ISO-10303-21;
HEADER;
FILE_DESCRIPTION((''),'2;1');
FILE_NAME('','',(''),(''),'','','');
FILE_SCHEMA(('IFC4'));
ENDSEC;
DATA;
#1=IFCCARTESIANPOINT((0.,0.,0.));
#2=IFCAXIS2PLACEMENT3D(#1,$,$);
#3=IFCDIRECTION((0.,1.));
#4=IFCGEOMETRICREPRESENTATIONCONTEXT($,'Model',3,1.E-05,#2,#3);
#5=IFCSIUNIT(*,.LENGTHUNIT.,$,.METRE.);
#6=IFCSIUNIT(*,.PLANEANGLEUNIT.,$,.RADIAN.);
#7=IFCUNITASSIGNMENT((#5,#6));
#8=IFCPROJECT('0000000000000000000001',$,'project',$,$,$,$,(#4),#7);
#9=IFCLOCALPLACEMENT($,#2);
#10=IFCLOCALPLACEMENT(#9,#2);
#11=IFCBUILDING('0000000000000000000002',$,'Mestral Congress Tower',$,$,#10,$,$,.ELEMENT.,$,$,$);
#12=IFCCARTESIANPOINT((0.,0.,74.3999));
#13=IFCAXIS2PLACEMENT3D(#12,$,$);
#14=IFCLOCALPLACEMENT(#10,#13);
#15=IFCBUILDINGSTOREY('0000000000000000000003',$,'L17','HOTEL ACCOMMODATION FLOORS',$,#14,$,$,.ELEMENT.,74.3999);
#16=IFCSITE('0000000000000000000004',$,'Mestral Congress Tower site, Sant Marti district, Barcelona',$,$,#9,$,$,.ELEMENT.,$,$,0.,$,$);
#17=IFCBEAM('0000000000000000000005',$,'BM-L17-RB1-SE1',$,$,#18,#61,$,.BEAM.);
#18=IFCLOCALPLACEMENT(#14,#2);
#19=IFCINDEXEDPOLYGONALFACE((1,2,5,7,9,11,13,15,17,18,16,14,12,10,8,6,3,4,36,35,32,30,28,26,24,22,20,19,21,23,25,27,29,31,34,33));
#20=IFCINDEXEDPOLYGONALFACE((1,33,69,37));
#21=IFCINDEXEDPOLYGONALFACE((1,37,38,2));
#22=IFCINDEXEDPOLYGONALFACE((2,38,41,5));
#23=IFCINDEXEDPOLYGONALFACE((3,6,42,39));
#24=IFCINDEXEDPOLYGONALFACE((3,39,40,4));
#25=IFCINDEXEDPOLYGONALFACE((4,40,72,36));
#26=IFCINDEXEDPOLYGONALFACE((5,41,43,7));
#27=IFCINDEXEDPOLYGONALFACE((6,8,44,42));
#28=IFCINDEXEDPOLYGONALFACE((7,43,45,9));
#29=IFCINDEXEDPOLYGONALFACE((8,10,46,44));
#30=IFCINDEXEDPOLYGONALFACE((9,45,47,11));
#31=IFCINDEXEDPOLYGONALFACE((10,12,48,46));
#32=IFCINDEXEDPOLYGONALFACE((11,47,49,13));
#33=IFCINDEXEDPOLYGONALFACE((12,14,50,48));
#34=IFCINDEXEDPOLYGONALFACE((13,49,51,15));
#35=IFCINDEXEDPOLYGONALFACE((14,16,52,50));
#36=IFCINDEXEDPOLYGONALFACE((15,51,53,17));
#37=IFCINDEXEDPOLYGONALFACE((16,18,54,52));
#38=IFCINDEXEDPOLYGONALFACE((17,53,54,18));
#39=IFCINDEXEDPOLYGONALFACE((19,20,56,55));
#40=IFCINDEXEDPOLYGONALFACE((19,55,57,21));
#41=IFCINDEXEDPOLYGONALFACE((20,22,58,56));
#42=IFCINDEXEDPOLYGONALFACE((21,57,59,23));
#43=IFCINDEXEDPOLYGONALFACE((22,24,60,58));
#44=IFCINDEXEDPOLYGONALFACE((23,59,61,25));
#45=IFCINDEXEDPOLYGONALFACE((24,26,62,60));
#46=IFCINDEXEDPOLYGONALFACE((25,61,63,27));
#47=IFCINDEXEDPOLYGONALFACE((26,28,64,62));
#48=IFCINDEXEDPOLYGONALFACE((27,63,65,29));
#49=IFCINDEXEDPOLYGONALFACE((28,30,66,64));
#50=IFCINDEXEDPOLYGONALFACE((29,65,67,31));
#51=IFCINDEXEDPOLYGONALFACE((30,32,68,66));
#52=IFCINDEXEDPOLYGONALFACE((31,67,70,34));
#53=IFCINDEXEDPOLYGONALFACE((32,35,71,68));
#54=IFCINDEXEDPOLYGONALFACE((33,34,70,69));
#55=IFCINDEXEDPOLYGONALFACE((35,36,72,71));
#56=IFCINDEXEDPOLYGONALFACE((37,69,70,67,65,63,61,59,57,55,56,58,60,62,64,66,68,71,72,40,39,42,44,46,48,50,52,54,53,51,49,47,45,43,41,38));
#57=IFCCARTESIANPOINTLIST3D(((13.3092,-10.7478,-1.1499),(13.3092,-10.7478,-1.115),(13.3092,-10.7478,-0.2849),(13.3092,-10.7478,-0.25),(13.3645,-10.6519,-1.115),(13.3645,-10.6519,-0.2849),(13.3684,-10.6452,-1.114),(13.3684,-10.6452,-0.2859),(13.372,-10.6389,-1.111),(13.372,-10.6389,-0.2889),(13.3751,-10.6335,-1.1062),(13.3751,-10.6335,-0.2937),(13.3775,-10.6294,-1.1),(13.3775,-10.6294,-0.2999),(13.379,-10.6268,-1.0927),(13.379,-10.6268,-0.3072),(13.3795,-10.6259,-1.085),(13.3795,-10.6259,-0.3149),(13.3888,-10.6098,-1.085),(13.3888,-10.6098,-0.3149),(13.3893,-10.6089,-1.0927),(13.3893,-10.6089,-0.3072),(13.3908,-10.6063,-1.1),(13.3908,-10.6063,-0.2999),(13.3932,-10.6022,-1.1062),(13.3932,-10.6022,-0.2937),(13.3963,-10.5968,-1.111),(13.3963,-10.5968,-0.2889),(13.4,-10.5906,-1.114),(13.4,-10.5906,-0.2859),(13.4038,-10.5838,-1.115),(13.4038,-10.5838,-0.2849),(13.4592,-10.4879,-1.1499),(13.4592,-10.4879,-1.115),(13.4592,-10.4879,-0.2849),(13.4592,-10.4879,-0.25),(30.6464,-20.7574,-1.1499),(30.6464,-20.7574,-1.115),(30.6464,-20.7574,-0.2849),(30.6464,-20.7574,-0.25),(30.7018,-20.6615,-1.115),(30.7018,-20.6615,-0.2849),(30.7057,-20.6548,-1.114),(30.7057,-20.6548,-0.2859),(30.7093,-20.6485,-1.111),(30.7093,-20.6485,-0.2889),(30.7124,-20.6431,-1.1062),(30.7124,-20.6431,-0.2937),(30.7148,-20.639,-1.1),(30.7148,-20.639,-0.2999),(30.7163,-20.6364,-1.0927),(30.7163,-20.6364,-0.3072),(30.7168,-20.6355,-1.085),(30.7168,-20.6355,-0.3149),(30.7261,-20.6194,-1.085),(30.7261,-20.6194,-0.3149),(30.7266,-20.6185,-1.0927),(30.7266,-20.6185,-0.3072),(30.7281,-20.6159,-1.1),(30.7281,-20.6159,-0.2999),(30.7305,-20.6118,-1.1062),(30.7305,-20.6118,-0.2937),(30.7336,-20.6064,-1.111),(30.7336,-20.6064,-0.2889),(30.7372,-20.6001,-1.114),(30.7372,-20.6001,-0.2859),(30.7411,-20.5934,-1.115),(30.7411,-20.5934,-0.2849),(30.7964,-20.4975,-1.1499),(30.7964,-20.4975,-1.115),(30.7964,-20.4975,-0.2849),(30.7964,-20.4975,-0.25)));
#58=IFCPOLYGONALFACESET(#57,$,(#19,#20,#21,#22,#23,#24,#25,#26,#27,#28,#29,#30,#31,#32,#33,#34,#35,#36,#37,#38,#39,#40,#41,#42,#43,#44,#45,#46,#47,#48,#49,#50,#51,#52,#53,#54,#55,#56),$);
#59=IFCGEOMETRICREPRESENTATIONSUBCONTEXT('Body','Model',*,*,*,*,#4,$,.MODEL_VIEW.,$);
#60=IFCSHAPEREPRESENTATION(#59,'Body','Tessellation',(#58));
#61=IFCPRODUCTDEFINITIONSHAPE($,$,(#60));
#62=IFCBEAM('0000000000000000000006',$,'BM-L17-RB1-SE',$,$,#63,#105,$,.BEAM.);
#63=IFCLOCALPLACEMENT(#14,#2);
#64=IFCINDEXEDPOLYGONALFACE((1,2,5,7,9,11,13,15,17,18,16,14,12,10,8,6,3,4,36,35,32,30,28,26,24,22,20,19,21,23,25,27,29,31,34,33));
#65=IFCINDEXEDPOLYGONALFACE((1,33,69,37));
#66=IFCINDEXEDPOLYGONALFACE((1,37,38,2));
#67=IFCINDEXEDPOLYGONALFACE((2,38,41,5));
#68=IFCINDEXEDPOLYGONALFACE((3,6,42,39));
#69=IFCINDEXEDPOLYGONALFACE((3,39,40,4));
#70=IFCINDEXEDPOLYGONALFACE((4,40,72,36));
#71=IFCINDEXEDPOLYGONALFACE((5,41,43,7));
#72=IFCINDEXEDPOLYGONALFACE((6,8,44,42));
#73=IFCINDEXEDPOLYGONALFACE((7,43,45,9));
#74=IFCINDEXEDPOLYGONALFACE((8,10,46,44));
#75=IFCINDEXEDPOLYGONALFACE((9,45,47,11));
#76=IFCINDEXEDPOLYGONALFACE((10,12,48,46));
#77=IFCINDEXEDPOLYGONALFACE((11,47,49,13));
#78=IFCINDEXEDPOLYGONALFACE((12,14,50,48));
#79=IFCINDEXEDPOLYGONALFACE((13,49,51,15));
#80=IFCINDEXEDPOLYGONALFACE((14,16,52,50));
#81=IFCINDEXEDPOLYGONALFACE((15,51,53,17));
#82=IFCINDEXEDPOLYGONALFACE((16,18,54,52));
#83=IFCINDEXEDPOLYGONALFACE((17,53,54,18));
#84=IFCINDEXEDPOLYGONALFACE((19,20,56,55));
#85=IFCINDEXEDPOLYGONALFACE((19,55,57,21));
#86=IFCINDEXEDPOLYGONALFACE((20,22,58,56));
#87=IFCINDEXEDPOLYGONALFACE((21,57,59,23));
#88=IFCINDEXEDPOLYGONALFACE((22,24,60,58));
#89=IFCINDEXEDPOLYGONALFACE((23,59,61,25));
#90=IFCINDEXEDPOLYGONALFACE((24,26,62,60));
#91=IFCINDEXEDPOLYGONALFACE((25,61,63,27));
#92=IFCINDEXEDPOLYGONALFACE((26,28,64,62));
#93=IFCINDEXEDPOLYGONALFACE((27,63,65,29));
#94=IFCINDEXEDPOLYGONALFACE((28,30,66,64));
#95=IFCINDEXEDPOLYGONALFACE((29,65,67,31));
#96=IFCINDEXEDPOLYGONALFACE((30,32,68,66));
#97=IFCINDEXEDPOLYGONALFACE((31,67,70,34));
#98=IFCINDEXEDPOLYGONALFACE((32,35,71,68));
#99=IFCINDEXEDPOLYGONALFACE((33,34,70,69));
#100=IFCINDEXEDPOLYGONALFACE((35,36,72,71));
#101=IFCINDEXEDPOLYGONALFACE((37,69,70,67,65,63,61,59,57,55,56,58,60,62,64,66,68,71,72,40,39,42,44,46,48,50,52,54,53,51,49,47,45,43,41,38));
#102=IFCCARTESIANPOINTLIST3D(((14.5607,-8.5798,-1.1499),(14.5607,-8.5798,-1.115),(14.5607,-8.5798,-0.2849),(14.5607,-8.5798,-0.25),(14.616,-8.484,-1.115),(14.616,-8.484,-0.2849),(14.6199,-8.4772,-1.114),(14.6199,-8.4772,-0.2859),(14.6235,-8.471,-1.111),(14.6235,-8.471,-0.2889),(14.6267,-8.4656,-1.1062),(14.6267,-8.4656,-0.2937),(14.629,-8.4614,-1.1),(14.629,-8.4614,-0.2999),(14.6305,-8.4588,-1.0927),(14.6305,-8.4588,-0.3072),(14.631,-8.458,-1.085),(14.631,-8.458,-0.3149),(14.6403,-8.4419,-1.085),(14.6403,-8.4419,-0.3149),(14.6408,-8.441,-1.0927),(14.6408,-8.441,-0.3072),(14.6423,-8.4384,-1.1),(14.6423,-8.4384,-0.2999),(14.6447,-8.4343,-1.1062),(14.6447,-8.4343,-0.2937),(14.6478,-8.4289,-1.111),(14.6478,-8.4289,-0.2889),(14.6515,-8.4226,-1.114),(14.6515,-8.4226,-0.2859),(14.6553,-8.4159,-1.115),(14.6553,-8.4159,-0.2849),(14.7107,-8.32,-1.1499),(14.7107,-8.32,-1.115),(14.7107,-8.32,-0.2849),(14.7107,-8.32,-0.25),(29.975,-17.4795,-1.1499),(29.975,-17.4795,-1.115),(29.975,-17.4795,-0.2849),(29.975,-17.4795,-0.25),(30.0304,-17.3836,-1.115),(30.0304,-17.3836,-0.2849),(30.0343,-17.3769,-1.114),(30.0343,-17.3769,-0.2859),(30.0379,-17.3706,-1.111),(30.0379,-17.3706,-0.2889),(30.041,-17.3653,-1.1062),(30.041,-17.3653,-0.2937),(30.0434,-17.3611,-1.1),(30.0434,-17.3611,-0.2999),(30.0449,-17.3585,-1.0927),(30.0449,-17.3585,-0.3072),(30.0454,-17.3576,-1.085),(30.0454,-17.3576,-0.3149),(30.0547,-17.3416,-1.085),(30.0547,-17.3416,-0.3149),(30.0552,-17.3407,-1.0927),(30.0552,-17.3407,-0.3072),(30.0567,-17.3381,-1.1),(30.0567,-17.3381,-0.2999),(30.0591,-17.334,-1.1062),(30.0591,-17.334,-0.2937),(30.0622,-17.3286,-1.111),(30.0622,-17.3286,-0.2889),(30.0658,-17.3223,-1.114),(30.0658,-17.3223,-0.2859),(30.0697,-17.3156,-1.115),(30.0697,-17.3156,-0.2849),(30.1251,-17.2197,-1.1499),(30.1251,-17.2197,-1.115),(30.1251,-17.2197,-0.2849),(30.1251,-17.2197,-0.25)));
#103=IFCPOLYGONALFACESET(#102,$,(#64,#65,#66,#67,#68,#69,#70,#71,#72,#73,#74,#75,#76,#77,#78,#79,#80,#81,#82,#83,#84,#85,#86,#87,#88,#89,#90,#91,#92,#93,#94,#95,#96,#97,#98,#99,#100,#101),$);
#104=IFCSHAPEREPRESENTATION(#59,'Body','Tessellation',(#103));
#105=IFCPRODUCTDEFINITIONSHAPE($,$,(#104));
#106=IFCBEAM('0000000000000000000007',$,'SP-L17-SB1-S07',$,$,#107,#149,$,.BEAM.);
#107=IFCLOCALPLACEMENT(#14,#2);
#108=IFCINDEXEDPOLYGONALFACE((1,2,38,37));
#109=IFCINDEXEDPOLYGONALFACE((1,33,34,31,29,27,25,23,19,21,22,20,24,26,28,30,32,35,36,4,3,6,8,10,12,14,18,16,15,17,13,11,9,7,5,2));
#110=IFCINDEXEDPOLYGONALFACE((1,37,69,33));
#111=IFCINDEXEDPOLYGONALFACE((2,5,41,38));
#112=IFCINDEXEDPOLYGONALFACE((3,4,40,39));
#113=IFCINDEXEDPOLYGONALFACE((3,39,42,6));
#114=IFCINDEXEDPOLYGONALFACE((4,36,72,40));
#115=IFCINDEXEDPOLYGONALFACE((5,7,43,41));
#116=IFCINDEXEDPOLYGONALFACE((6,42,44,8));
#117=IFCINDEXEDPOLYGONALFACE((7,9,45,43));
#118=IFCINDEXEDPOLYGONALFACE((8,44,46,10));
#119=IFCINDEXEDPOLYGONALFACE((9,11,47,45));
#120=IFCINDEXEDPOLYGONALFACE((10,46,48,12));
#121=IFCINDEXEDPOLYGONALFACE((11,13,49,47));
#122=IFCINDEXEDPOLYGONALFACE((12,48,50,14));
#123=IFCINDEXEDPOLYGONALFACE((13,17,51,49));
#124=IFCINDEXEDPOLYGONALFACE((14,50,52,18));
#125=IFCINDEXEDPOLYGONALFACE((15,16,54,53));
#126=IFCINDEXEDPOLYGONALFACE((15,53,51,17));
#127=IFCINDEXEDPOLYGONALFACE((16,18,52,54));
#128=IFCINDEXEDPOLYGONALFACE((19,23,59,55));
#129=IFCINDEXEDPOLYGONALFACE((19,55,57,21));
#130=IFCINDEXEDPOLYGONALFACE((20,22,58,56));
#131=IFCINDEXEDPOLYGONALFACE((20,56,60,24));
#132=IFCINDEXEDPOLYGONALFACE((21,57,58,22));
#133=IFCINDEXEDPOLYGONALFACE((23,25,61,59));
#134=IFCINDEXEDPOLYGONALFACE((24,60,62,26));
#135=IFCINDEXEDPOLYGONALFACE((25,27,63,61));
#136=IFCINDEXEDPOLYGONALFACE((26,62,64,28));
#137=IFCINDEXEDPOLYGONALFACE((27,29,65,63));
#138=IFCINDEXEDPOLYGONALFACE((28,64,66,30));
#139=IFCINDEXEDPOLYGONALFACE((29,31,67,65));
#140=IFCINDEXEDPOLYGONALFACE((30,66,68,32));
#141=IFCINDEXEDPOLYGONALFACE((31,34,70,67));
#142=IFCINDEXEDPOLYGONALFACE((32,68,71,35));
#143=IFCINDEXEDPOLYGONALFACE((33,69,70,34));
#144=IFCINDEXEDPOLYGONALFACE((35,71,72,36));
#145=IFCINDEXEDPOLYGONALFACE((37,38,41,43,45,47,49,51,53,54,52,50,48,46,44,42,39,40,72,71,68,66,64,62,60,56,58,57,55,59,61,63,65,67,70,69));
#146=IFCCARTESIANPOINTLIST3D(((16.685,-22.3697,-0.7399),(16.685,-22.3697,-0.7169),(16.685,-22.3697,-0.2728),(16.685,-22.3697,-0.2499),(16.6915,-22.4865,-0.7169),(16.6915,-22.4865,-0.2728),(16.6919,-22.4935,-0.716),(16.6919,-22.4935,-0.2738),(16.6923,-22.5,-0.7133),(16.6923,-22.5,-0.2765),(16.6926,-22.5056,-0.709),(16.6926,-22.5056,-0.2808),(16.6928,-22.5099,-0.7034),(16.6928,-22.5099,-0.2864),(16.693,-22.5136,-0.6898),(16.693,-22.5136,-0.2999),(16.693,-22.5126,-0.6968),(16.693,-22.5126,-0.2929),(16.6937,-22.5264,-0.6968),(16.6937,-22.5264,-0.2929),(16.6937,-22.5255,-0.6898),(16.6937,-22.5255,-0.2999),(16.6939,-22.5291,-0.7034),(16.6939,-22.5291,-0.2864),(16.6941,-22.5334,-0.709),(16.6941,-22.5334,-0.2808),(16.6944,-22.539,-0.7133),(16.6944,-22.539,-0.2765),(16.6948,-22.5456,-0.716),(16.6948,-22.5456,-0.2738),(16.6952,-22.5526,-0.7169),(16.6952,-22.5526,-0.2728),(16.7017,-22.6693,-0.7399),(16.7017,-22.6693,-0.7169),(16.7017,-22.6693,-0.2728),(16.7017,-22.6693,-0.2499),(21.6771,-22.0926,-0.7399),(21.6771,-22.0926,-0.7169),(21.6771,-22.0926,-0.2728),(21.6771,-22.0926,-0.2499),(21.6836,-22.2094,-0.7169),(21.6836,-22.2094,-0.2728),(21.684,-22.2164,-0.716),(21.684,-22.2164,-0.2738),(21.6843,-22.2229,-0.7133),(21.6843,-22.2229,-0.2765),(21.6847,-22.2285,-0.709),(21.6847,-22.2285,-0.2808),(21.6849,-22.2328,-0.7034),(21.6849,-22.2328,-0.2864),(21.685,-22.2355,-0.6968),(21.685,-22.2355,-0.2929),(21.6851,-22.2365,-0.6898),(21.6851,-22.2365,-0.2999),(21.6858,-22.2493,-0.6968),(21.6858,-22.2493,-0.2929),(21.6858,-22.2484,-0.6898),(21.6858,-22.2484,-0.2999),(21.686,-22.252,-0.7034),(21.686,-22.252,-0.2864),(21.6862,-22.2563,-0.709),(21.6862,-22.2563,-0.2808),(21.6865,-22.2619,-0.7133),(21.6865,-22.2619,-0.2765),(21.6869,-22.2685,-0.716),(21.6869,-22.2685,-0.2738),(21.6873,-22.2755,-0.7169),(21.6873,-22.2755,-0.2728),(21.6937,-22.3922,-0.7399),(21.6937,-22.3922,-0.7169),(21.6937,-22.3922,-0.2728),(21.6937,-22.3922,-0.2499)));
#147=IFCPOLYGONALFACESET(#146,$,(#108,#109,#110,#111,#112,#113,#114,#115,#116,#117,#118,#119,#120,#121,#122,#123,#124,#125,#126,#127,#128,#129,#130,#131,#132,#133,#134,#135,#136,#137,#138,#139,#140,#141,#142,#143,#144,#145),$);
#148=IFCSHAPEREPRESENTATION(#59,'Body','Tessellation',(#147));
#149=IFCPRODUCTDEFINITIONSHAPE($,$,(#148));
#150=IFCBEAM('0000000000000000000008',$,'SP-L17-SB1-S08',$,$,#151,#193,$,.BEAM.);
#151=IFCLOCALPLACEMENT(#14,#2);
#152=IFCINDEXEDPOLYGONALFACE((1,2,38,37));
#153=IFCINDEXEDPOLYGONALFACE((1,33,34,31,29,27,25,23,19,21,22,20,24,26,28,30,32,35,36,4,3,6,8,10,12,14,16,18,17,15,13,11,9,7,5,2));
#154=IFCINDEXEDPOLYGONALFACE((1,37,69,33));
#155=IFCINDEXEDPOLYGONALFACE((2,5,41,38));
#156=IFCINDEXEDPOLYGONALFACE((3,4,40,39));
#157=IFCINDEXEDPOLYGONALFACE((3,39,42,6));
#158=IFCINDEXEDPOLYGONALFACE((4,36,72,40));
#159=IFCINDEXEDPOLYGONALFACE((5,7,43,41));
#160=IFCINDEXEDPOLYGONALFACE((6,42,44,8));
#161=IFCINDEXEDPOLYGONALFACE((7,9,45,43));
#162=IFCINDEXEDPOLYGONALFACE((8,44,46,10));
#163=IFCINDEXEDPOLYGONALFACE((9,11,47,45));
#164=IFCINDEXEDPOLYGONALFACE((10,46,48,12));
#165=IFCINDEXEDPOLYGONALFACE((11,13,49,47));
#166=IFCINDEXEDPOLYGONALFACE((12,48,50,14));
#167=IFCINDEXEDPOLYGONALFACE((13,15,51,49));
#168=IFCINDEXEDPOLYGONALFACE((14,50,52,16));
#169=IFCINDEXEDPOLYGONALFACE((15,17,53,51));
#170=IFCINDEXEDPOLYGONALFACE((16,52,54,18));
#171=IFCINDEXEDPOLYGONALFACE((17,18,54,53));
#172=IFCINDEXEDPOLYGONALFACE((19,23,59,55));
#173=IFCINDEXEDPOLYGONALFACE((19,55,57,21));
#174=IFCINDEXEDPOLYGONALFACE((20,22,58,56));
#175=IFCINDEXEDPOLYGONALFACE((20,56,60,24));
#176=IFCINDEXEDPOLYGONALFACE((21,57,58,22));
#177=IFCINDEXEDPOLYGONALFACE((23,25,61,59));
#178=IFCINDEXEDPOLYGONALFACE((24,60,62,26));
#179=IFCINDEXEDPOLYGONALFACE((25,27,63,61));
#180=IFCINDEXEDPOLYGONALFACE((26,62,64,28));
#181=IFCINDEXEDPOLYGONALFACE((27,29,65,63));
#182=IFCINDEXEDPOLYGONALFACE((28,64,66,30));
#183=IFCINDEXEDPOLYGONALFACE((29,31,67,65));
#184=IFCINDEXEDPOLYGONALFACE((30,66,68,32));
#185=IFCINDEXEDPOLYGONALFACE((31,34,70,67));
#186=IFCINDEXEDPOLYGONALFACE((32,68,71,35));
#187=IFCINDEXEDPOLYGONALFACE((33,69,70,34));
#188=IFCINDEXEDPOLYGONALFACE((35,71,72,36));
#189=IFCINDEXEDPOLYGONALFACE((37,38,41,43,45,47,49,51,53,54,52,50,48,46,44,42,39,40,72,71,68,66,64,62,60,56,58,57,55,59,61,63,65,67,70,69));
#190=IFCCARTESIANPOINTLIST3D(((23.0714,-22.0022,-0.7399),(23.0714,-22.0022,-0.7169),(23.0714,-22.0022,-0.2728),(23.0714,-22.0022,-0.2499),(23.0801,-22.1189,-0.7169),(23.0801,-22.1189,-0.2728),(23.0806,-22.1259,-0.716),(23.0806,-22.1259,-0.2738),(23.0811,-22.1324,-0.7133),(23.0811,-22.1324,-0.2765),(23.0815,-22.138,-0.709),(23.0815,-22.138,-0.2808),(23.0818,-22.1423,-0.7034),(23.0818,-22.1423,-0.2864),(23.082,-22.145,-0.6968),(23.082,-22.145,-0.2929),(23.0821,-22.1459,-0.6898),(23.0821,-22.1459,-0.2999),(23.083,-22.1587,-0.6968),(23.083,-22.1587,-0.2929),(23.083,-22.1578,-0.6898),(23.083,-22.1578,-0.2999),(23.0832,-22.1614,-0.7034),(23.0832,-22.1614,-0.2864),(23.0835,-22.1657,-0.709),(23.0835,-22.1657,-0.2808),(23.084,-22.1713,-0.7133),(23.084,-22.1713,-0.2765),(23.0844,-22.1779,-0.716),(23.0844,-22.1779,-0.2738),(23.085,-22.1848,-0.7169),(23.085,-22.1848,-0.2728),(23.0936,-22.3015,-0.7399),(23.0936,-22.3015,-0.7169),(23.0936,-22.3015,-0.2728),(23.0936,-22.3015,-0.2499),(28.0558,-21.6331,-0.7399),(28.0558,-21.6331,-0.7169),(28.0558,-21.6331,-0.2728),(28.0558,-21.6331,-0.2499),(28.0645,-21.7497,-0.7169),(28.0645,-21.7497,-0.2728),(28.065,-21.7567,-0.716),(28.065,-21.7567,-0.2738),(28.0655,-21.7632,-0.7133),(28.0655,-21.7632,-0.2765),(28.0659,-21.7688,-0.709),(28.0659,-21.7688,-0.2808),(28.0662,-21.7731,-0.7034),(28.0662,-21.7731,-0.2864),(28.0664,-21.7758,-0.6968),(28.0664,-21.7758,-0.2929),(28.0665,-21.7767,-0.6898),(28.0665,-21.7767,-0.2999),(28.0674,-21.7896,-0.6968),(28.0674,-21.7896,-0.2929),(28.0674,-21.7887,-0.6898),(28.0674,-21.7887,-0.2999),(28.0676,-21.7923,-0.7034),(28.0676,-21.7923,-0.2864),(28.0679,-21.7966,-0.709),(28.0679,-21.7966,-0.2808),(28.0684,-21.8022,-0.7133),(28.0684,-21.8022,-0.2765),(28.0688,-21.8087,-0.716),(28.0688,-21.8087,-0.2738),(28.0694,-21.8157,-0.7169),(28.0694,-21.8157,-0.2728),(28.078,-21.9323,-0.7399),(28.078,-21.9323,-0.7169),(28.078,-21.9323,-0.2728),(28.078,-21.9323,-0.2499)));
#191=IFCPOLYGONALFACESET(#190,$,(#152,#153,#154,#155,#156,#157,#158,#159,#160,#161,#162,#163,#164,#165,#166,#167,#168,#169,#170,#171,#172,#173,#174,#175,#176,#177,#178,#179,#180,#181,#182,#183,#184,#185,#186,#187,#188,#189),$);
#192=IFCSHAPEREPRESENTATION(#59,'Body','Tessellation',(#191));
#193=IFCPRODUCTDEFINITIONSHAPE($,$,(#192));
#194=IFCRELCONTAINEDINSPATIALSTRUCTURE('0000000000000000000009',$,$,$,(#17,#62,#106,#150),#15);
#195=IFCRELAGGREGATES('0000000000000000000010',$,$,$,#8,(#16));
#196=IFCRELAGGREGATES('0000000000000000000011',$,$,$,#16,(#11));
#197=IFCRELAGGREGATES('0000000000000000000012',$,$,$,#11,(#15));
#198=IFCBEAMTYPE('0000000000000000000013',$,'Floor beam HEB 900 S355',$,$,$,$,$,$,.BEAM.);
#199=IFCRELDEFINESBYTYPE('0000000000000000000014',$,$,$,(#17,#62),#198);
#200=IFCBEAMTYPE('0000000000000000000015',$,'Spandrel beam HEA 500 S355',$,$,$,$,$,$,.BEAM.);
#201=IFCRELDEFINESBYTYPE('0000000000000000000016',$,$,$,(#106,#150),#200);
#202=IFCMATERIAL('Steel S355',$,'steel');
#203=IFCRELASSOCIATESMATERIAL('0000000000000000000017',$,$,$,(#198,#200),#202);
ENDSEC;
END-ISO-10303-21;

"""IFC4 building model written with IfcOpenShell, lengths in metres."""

from ifc_helpers import new_model, si_unit, direction, frame, origin, origin_2d, place, context, subcontext, project, spatial, i_section, extrude, material, material_profile, profile_set, type_object, element, save


model = new_model("IFC4")

# Units and contexts
model_context = context("Model", 3, precision=1e-05, world=origin(), true_north=direction((0.0, 1.0)))
body_context = subcontext(model_context, "Body", "Model", "MODEL_VIEW")
ifc_project = project(units=[si_unit("LENGTHUNIT", "METRE"), si_unit("PLANEANGLEUNIT", "RADIAN")], contexts=[model_context])

# Site, building, storey
site_placement = place(None, origin())
site = spatial("IfcSite", under=ifc_project, at=site_placement, Name="Mestral Congress Tower site, Sant Marti district, Barcelona", CompositionType="ELEMENT", RefElevation=0.0)
building_placement = place(site_placement, origin())
building = spatial("IfcBuilding", under=site, at=building_placement, Name="Mestral Congress Tower", CompositionType="ELEMENT")
storey_placement = place(building_placement, frame((0.0, 0.0, 74.3999)))
storey = spatial("IfcBuildingStorey", under=building, at=storey_placement, Name="L17", Description="HOTEL ACCOMMODATION FLOORS", CompositionType="ELEMENT", Elevation=74.3999)

# Beams
ifc_material_1 = material(Name="Steel S355", Category="steel")
ifc_material_profile_1 = material_profile(ifc_material_1, i_section(OverallWidth=0.3, OverallDepth=0.8999, WebThickness=0.0186, FlangeThickness=0.0349, FilletRadius=0.03, at=origin_2d()), Name="HEB 900")
ifc_profile_set_1 = profile_set([ifc_material_profile_1], Name="Steel S355")
beam_type_1 = type_object("IfcBeamType", Name="Floor beam HEB 900 S355", PredefinedType="BEAM", material=ifc_profile_set_1)
beam_1_placement = place(storey_placement, frame((30.7214, -20.6274, -0.7), z_axis=(-0.866027, 0.499997, 0.0), x_axis=(-0.499997, -0.866027, 0.0)))
element("IfcBeam", 1, at=beam_1_placement, inside=storey, type_object=beam_type_1, Name="BM-L17-RB1-SE1", PredefinedType="BEAM", context=body_context, shape_type="SweptSolid", body=[
    extrude(i_section(OverallWidth=0.3, OverallDepth=0.8999, WebThickness=0.0186, FlangeThickness=0.0349, FilletRadius=0.03, at=origin_2d()), origin(), (0.0, 0.0, 1.0), 20.0193),
])
beam_2_placement = place(storey_placement, frame((30.05, -17.3496, -0.7), z_axis=(-0.86602, 0.500009, 0.0), x_axis=(-0.500009, -0.86602, 0.0)))
element("IfcBeam", 2, at=beam_2_placement, inside=storey, type_object=beam_type_1, Name="BM-L17-RB1-SE", PredefinedType="BEAM", context=body_context, shape_type="SweptSolid", body=[
    extrude(i_section(OverallWidth=0.3, OverallDepth=0.8999, WebThickness=0.0186, FlangeThickness=0.0349, FilletRadius=0.03, at=origin_2d()), origin(), (0.0, 0.0, 1.0), 17.7991),
])
ifc_material_profile_2 = material_profile(ifc_material_1, i_section(OverallWidth=0.3, OverallDepth=0.49, WebThickness=0.012, FlangeThickness=0.0229, FilletRadius=0.0271, at=origin_2d()), Name="HEA 500")
ifc_profile_set_2 = profile_set([ifc_material_profile_2], Name="Steel S355")
beam_type_2 = type_object("IfcBeamType", Name="Spandrel beam HEA 500 S355", PredefinedType="BEAM", material=ifc_profile_set_2)
beam_3_placement = place(storey_placement, frame((16.6934, -22.5195, -0.4949), z_axis=(0.998463, 0.055421, 0.0), x_axis=(-0.055421, 0.998463, 0.0)))
element("IfcBeam", 3, at=beam_3_placement, inside=storey, type_object=beam_type_2, Name="SP-L17-SB1-S07", PredefinedType="BEAM", context=body_context, shape_type="SweptSolid", body=[
    extrude(i_section(OverallWidth=0.3, OverallDepth=0.49, WebThickness=0.012, FlangeThickness=0.0229, FilletRadius=0.0271, at=origin_2d()), origin(), (0.0, 0.0, 1.0), 4.9998),
])
beam_4_placement = place(storey_placement, frame((23.0825, -22.1519, -0.4949), z_axis=(0.997269, 0.073857, 0.0), x_axis=(-0.073857, 0.997269, 0.0)))
element("IfcBeam", 4, at=beam_4_placement, inside=storey, type_object=beam_type_2, Name="SP-L17-SB1-S08", PredefinedType="BEAM", context=body_context, shape_type="SweptSolid", body=[
    extrude(i_section(OverallWidth=0.3, OverallDepth=0.49, WebThickness=0.012, FlangeThickness=0.0229, FilletRadius=0.0271, at=origin_2d()), origin(), (0.0, 0.0, 1.0), 4.998),
])

save(model, "model.ifc")
